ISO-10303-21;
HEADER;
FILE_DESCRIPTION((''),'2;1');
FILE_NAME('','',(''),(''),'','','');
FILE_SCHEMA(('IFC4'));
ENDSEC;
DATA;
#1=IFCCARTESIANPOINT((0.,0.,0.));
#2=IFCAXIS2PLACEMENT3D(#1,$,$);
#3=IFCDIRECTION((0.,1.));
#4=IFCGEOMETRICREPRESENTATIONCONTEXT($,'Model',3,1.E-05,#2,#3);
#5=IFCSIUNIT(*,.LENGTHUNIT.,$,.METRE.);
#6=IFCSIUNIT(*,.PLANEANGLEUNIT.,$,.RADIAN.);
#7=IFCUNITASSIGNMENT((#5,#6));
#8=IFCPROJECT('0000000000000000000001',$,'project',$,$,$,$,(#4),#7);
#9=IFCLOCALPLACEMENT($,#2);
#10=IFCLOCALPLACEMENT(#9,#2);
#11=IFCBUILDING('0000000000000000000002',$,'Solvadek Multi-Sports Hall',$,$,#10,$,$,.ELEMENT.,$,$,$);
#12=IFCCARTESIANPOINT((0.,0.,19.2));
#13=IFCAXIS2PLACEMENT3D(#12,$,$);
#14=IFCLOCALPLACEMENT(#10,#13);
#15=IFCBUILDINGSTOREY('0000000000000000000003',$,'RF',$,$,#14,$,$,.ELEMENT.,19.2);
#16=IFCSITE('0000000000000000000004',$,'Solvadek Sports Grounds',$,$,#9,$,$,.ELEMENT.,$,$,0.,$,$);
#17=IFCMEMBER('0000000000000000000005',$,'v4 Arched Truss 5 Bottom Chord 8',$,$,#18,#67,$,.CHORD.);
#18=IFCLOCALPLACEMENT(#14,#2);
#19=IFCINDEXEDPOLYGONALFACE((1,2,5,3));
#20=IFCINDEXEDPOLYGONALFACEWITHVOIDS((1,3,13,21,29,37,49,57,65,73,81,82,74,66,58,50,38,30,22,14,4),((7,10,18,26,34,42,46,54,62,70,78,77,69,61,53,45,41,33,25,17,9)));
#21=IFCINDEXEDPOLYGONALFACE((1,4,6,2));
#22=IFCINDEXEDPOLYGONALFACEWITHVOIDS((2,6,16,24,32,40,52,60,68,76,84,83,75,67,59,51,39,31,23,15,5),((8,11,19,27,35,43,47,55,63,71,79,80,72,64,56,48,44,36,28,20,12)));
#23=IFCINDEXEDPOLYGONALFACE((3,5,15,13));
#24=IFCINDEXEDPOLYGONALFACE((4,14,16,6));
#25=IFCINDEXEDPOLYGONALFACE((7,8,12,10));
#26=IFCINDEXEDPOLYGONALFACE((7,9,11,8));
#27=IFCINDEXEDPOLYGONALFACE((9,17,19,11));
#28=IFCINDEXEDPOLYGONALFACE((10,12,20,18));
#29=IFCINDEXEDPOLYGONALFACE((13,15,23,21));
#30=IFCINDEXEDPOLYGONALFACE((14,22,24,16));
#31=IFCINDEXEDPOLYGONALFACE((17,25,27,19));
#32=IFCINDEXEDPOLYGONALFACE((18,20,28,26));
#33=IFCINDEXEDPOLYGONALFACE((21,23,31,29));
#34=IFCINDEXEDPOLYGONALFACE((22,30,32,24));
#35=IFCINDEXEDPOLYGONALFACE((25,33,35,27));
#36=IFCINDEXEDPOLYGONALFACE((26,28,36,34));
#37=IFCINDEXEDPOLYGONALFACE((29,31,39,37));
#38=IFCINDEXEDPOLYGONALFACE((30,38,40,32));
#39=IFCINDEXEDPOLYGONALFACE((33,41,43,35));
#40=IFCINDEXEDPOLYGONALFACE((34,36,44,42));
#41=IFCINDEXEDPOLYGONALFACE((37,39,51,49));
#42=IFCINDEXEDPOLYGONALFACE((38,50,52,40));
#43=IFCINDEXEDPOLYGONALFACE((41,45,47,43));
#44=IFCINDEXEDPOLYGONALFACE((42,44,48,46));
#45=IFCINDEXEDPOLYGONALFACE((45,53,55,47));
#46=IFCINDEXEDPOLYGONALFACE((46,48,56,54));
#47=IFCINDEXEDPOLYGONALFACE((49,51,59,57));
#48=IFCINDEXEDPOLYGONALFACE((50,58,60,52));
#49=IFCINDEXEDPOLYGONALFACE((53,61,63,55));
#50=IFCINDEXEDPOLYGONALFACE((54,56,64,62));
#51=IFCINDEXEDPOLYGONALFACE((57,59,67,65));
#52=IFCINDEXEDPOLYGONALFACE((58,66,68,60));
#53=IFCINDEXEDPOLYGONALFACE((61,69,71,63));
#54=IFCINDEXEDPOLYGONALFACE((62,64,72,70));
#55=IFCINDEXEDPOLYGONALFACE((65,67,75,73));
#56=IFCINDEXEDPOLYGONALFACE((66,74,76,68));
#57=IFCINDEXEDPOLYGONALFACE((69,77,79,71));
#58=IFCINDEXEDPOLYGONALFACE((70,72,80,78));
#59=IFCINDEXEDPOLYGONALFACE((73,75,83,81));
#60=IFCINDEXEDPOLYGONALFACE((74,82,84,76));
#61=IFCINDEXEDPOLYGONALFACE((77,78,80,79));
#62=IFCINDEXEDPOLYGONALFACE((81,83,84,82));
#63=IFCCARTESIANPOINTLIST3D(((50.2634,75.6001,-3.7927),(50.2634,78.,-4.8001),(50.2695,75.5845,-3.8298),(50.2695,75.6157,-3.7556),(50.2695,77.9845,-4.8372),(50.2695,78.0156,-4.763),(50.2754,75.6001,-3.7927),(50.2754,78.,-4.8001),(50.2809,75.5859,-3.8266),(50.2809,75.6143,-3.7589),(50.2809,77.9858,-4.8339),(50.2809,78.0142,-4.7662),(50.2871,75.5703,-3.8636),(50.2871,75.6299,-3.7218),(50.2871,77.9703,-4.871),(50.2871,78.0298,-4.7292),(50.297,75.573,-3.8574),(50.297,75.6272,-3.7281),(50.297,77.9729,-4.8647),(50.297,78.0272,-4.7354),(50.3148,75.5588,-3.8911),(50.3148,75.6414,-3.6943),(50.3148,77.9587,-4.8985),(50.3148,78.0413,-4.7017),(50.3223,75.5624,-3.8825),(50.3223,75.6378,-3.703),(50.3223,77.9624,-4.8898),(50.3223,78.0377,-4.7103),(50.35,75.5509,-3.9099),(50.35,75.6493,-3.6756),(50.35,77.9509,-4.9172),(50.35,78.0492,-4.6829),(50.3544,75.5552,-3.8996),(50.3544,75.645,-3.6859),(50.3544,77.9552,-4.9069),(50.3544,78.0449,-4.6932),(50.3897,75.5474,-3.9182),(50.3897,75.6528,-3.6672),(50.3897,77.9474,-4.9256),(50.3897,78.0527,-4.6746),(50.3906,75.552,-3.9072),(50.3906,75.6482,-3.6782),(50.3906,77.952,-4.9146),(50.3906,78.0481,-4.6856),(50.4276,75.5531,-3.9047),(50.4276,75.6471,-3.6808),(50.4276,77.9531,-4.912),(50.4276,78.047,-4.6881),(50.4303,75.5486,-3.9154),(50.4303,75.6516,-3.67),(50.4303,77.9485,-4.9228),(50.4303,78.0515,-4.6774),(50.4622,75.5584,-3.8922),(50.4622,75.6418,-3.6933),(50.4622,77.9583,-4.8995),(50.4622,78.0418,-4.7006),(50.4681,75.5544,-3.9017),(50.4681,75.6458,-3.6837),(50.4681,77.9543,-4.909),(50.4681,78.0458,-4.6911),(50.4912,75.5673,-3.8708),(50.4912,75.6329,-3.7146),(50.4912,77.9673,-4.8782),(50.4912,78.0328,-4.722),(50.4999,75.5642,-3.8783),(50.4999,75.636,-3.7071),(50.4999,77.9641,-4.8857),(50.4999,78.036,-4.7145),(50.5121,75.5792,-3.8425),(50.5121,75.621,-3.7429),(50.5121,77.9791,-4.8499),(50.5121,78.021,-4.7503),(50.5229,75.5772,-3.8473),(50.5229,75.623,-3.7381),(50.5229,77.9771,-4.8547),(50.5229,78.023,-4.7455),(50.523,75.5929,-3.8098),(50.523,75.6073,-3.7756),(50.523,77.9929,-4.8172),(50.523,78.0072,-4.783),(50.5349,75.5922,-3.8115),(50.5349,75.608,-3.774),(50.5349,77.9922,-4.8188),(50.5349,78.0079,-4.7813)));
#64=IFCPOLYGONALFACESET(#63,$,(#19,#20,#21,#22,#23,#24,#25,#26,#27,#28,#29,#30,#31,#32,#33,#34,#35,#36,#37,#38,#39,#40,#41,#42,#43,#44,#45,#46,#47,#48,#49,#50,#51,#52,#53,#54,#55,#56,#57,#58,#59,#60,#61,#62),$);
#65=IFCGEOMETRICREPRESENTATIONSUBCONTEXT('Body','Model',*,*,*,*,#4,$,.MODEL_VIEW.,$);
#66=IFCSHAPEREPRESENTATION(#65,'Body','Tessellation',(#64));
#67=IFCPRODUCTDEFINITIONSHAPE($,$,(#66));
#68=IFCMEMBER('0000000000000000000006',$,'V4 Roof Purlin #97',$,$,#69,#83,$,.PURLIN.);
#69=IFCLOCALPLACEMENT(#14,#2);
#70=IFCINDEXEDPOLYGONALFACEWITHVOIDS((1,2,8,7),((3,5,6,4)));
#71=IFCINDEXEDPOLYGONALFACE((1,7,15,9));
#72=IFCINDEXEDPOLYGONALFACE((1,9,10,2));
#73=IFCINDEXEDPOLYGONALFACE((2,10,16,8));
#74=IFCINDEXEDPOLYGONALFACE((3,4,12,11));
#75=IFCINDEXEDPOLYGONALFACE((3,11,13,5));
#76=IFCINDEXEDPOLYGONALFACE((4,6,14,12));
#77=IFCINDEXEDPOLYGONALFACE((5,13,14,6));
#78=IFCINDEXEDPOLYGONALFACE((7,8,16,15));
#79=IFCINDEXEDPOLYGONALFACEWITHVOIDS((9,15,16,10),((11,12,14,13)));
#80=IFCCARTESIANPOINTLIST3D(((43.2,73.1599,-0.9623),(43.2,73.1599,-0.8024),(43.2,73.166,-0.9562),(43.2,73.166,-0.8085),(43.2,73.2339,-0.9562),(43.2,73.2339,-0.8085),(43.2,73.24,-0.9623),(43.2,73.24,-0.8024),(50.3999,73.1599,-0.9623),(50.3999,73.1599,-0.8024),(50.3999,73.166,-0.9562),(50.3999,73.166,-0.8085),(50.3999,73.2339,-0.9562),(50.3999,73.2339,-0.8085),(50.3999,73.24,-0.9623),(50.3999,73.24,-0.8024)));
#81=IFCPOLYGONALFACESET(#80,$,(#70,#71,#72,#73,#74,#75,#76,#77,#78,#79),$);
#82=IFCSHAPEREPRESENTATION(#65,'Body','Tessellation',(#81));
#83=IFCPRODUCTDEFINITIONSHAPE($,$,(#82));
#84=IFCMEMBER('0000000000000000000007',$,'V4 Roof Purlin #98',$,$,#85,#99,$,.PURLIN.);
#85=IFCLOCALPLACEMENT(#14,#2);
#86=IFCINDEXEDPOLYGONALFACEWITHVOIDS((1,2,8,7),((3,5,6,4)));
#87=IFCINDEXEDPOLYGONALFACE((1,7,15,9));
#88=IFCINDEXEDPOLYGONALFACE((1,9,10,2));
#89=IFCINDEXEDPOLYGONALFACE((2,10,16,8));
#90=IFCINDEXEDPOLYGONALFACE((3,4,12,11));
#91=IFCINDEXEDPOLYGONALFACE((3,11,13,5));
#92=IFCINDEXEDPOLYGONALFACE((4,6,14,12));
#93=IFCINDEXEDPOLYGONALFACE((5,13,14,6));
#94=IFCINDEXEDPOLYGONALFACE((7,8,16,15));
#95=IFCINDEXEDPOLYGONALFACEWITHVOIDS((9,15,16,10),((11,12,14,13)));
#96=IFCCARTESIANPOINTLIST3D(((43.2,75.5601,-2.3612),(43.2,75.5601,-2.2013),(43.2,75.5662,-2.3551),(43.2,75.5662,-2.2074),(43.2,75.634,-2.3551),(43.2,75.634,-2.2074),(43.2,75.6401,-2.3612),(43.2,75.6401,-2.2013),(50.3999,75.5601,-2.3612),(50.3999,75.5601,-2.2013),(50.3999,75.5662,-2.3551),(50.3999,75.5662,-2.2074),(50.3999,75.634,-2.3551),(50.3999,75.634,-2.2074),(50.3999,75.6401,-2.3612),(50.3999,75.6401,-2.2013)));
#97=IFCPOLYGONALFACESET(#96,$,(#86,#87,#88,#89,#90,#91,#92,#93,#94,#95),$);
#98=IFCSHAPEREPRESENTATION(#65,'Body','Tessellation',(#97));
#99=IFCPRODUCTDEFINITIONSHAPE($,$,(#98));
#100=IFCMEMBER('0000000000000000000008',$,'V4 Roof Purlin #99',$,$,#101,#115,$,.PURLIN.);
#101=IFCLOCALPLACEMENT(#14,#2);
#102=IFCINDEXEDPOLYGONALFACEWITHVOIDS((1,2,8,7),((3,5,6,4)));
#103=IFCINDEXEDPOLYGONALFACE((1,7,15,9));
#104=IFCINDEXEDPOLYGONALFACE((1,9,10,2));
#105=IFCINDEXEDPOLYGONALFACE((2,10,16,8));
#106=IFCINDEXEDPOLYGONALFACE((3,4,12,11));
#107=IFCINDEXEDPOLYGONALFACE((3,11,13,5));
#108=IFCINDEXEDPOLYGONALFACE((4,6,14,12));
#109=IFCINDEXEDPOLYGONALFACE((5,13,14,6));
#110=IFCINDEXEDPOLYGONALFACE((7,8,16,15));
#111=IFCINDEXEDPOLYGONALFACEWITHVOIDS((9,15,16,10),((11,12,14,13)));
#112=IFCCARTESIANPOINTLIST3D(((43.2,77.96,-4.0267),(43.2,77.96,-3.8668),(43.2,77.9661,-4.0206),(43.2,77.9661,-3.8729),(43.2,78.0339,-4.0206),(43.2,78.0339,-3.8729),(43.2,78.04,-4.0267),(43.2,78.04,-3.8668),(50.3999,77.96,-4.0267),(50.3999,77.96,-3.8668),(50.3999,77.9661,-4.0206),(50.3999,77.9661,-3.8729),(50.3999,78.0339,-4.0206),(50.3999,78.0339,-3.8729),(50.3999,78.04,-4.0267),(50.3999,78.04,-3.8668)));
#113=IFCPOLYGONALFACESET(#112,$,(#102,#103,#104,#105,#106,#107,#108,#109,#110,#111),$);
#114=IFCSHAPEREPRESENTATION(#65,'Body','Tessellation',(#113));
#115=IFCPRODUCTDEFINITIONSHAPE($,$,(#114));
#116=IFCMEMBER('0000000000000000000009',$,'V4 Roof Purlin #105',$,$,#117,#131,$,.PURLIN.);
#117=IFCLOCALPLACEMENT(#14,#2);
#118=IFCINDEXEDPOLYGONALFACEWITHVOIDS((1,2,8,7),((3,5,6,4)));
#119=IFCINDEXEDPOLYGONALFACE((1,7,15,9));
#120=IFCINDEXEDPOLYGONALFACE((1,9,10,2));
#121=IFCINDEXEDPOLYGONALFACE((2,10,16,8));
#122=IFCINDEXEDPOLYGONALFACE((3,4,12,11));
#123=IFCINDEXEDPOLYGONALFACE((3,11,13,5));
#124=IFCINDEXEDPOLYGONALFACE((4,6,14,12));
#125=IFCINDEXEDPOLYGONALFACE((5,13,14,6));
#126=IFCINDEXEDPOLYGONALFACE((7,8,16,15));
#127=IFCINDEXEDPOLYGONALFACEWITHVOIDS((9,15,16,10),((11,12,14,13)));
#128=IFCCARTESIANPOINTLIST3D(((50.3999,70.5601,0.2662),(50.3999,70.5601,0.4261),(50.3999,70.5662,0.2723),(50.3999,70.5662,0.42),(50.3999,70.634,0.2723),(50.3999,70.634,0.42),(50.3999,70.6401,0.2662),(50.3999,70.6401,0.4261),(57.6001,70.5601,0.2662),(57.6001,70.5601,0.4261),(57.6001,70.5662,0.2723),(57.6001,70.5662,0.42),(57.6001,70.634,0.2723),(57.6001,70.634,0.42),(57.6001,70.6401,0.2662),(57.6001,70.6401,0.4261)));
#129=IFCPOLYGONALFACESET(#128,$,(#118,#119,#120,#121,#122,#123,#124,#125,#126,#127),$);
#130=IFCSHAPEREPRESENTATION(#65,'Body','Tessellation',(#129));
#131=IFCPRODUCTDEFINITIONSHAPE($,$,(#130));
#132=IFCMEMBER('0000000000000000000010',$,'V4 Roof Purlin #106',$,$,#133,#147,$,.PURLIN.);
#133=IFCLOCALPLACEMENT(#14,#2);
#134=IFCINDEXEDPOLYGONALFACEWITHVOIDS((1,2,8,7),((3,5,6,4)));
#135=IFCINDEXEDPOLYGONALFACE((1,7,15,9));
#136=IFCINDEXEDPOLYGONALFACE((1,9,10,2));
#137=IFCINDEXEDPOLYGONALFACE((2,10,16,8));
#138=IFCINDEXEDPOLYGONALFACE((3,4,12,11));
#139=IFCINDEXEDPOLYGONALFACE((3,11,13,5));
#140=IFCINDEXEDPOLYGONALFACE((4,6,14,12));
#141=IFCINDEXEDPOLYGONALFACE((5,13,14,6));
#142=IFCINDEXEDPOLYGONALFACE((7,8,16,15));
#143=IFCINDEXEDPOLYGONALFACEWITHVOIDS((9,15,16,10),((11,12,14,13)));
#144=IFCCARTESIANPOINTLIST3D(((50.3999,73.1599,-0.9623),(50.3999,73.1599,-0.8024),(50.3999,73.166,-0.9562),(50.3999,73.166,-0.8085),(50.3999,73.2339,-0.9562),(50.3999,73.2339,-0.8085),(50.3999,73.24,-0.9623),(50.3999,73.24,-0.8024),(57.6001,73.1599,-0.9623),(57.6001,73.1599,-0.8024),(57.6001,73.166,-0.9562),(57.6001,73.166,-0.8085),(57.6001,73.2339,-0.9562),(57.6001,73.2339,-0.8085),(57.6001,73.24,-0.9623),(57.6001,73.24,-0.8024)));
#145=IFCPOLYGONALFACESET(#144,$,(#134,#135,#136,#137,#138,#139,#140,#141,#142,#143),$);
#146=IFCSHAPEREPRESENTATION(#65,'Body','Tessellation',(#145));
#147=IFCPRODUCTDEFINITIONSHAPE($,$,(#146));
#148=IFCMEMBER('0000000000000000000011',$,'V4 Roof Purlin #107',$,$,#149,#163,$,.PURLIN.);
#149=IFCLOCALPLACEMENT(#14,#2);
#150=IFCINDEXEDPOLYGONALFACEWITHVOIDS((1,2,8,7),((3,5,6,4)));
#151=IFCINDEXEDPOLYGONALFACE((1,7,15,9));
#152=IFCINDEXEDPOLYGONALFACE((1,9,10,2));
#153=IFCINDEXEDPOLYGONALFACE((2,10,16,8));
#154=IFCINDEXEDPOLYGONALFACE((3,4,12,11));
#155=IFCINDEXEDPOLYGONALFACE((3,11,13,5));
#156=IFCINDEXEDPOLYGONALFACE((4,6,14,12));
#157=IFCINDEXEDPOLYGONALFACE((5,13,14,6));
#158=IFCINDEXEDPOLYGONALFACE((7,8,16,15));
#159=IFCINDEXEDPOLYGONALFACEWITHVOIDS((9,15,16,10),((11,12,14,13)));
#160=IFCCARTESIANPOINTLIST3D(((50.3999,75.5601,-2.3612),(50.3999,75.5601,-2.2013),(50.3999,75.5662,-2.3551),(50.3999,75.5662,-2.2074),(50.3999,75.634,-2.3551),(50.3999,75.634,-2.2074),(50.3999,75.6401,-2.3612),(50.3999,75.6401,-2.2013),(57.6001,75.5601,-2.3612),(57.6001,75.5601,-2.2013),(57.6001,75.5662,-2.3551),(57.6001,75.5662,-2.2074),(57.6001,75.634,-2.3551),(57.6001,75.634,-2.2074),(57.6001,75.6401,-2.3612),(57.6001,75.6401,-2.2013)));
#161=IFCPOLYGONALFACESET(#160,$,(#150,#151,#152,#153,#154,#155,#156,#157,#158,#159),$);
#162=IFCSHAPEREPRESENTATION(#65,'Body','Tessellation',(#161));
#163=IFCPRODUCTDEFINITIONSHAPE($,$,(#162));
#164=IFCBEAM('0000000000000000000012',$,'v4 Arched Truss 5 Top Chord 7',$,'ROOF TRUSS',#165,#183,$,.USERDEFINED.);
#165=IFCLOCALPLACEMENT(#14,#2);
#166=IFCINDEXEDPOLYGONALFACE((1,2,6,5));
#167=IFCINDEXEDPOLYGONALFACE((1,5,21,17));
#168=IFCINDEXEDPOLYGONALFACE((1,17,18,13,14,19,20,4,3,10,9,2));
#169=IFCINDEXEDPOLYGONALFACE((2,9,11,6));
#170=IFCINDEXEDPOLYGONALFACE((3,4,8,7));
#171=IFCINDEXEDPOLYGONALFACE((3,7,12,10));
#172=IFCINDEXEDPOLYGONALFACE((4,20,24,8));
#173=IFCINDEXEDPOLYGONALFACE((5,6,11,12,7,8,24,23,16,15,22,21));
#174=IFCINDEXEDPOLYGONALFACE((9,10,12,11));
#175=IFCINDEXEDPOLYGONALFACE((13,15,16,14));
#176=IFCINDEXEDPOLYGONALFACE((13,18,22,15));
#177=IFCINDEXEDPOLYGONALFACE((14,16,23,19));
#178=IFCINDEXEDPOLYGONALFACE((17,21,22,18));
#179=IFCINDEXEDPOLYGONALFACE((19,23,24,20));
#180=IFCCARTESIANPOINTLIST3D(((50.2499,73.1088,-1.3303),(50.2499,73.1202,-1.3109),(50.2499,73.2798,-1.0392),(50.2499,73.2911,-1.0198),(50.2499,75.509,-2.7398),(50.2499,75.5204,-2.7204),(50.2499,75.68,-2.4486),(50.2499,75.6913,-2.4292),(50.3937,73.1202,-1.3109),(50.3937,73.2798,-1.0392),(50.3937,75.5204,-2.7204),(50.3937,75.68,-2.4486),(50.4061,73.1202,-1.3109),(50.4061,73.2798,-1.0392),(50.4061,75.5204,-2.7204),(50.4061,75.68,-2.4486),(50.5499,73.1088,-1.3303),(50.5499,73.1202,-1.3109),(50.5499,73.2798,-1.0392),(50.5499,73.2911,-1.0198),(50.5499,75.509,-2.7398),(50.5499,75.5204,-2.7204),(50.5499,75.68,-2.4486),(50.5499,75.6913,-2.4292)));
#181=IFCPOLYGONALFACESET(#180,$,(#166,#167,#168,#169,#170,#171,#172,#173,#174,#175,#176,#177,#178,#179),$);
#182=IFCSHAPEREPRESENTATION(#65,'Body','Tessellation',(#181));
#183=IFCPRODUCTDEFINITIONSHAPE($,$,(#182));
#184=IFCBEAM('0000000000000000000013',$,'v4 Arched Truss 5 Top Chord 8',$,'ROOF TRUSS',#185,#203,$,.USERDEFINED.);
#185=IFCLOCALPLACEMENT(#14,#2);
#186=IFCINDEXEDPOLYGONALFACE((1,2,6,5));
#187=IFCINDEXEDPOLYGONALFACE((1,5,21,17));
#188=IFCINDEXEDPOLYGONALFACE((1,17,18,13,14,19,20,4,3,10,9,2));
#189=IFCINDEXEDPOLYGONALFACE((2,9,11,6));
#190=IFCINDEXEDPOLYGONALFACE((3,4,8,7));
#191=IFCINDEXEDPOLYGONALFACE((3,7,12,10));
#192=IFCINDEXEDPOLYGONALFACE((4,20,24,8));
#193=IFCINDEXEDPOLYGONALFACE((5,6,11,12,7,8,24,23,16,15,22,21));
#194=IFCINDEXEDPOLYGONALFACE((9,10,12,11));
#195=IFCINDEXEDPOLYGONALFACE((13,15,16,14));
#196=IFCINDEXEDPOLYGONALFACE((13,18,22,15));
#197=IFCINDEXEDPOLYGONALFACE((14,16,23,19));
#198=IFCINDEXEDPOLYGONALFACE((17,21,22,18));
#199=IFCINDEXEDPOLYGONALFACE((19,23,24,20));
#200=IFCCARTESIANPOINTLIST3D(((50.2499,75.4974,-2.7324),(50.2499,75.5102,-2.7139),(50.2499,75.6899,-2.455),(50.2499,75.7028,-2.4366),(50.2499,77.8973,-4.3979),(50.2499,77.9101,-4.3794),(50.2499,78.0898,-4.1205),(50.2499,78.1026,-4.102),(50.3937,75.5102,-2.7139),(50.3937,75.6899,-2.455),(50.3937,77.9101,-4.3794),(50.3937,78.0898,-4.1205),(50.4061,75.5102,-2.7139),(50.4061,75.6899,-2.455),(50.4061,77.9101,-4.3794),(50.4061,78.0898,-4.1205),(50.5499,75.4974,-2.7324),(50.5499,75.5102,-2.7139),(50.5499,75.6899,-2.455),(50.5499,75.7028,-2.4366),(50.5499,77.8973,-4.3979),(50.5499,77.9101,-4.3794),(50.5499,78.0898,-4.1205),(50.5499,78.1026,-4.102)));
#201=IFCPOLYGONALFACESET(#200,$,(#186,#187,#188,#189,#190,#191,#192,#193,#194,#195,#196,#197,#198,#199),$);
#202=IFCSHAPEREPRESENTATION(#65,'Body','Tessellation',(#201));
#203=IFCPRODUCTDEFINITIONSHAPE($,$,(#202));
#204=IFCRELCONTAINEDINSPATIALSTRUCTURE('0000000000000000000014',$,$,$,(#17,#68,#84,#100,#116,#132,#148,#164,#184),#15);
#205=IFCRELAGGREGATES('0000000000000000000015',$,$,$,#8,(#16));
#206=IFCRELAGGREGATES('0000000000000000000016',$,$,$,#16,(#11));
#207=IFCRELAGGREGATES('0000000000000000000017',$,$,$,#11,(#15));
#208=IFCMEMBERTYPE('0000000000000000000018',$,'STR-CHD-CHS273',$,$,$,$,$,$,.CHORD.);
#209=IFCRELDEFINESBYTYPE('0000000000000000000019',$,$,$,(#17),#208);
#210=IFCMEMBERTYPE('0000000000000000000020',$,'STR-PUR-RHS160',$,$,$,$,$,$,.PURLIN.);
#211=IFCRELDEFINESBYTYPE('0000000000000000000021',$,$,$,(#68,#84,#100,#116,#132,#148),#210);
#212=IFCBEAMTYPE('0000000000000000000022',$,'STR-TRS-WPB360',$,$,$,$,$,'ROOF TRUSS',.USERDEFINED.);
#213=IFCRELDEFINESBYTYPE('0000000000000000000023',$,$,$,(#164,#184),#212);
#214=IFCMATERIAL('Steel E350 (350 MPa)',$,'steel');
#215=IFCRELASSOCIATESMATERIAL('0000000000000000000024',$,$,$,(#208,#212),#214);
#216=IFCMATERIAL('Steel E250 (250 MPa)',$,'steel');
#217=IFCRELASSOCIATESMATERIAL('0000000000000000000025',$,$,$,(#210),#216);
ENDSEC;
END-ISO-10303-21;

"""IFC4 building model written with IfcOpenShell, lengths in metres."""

from ifc_helpers import new_model, si_unit, direction, frame, origin, origin_2d, place, context, subcontext, project, spatial, hollow_rectangle, hollow_circle, i_section, extrude, material, material_profile, profile_set, type_object, element, save


model = new_model("IFC4")

# Units and contexts
model_context = context("Model", 3, precision=1e-05, world=origin(), true_north=direction((0.0, 1.0)))
body_context = subcontext(model_context, "Body", "Model", "MODEL_VIEW")
ifc_project = project(units=[si_unit("LENGTHUNIT", "METRE"), si_unit("PLANEANGLEUNIT", "RADIAN")], contexts=[model_context])

# Site, building, storey
site_placement = place(None, origin())
site = spatial("IfcSite", under=ifc_project, at=site_placement, Name="Solvadek Sports Grounds", CompositionType="ELEMENT", RefElevation=0.0)
building_placement = place(site_placement, origin())
building = spatial("IfcBuilding", under=site, at=building_placement, Name="Solvadek Multi-Sports Hall", CompositionType="ELEMENT")
storey_placement = place(building_placement, frame((0.0, 0.0, 19.2)))
storey = spatial("IfcBuildingStorey", under=building, at=storey_placement, Name="RF", CompositionType="ELEMENT", Elevation=19.2)

# Shared definitions
ifc_material_1 = material(Name="Steel E350 (350 MPa)", Category="steel")

# Members
ifc_material_profile_1 = material_profile(ifc_material_1, hollow_circle(Radius=0.1365, WallThickness=0.012, at=origin_2d()), Name="CHS 273.0x12")
ifc_profile_set_1 = profile_set([ifc_material_profile_1], Name="Steel E350 (350 MPa)")
member_type_1 = type_object("IfcMemberType", Name="STR-CHD-CHS273", PredefinedType="CHORD", material=ifc_profile_set_1)
member_1_placement = place(storey_placement, frame((50.3999, 75.6001, -3.7927), z_axis=(0.0, 0.922069, -0.387025), x_axis=(-1.0, 0.0, 0.0)))
element("IfcMember", 1, at=member_1_placement, inside=storey, type_object=member_type_1, Name="v4 Arched Truss 5 Bottom Chord 8", PredefinedType="CHORD", context=body_context, shape_type="SweptSolid", body=[
    extrude(hollow_circle(Radius=0.1365, WallThickness=0.012, at=origin_2d()), origin(), (0.0, 0.0, 1.0), 2.6028),
])
ifc_material_2 = material(Name="Steel E250 (250 MPa)", Category="steel")
ifc_material_profile_2 = material_profile(ifc_material_2, hollow_rectangle(XDim=0.0801, YDim=0.1599, WallThickness=0.0061, at=origin_2d()), Name="RHS 160x80x6")
ifc_profile_set_2 = profile_set([ifc_material_profile_2], Name="Steel E250 (250 MPa)")
member_type_2 = type_object("IfcMemberType", Name="STR-PUR-RHS160", PredefinedType="PURLIN", material=ifc_profile_set_2)
for number, where, z_axis, x_axis, name in (
    (2, (43.2, 73.2, -0.8823), (1.0, 0.0, 0.0), (0.0, 1.0, 0.0), "V4 Roof Purlin #97"),
    (3, (43.2, 75.6001, -2.2812), (1.0, 0.0, 0.0), (0.0, 1.0, 0.0), "V4 Roof Purlin #98"),
    (4, (43.2, 78.0, -3.9468), (1.0, 0.0, 0.0), (0.0, 1.0, 0.0), "V4 Roof Purlin #99"),
):
    element("IfcMember", number, at=place(storey_placement, frame(where, z_axis=z_axis, x_axis=x_axis)), inside=storey, type_object=member_type_2, Name=name, PredefinedType="PURLIN", context=body_context, shape_type="SweptSolid", body=[
        extrude(hollow_rectangle(XDim=0.0801, YDim=0.1599, WallThickness=0.0061, at=origin_2d()), origin(), (0.0, 0.0, 1.0), 7.2),
    ])
for number, where, z_axis, x_axis, name in (
    (5, (50.3999, 70.6001, 0.3462), (1.0, 0.0, 0.0), (0.0, 1.0, 0.0), "V4 Roof Purlin #105"),
    (6, (50.3999, 73.2, -0.8823), (1.0, 0.0, 0.0), (0.0, 1.0, 0.0), "V4 Roof Purlin #106"),
    (7, (50.3999, 75.6001, -2.2812), (1.0, 0.0, 0.0), (0.0, 1.0, 0.0), "V4 Roof Purlin #107"),
):
    element("IfcMember", number, at=place(storey_placement, frame(where, z_axis=z_axis, x_axis=x_axis)), inside=storey, type_object=member_type_2, Name=name, PredefinedType="PURLIN", context=body_context, shape_type="SweptSolid", body=[
        extrude(hollow_rectangle(XDim=0.0801, YDim=0.1599, WallThickness=0.0061, at=origin_2d()), origin(), (0.0, 0.0, 1.0), 7.2002),
    ])

# Beams
ifc_material_profile_3 = material_profile(ifc_material_1, i_section(OverallWidth=0.3, OverallDepth=0.3601, WebThickness=0.0125, FlangeThickness=0.0225, at=origin_2d()), Name="WPB 360")
ifc_profile_set_3 = profile_set([ifc_material_profile_3], Name="Steel E350 (350 MPa)")
beam_type = type_object("IfcBeamType", Name="STR-TRS-WPB360", ElementType="ROOF TRUSS", PredefinedType="USERDEFINED", material=ifc_profile_set_3)
beam_1_placement = place(storey_placement, frame((50.3999, 73.2, -1.175), z_axis=(0.0, 0.862315, -0.506372), x_axis=(-1.0, 0.0, 0.0)))
element("IfcBeam", 8, at=beam_1_placement, inside=storey, type_object=beam_type, Name="v4 Arched Truss 5 Top Chord 7", ObjectType="ROOF TRUSS", PredefinedType="USERDEFINED", context=body_context, shape_type="SweptSolid", body=[
    extrude(i_section(OverallWidth=0.3, OverallDepth=0.3601, WebThickness=0.0125, FlangeThickness=0.0225, at=origin_2d()), origin(), (0.0, 0.0, 1.0), 2.7834),
])
beam_2_placement = place(storey_placement, frame((50.3999, 75.6001, -2.5845), z_axis=(0.0, 0.821542, -0.570148), x_axis=(-1.0, 0.0, 0.0)))
element("IfcBeam", 9, at=beam_2_placement, inside=storey, type_object=beam_type, Name="v4 Arched Truss 5 Top Chord 8", ObjectType="ROOF TRUSS", PredefinedType="USERDEFINED", context=body_context, shape_type="SweptSolid", body=[
    extrude(i_section(OverallWidth=0.3, OverallDepth=0.3601, WebThickness=0.0125, FlangeThickness=0.0225, at=origin_2d()), origin(), (0.0, 0.0, 1.0), 2.9211),
])

save(model, "model.ifc")
